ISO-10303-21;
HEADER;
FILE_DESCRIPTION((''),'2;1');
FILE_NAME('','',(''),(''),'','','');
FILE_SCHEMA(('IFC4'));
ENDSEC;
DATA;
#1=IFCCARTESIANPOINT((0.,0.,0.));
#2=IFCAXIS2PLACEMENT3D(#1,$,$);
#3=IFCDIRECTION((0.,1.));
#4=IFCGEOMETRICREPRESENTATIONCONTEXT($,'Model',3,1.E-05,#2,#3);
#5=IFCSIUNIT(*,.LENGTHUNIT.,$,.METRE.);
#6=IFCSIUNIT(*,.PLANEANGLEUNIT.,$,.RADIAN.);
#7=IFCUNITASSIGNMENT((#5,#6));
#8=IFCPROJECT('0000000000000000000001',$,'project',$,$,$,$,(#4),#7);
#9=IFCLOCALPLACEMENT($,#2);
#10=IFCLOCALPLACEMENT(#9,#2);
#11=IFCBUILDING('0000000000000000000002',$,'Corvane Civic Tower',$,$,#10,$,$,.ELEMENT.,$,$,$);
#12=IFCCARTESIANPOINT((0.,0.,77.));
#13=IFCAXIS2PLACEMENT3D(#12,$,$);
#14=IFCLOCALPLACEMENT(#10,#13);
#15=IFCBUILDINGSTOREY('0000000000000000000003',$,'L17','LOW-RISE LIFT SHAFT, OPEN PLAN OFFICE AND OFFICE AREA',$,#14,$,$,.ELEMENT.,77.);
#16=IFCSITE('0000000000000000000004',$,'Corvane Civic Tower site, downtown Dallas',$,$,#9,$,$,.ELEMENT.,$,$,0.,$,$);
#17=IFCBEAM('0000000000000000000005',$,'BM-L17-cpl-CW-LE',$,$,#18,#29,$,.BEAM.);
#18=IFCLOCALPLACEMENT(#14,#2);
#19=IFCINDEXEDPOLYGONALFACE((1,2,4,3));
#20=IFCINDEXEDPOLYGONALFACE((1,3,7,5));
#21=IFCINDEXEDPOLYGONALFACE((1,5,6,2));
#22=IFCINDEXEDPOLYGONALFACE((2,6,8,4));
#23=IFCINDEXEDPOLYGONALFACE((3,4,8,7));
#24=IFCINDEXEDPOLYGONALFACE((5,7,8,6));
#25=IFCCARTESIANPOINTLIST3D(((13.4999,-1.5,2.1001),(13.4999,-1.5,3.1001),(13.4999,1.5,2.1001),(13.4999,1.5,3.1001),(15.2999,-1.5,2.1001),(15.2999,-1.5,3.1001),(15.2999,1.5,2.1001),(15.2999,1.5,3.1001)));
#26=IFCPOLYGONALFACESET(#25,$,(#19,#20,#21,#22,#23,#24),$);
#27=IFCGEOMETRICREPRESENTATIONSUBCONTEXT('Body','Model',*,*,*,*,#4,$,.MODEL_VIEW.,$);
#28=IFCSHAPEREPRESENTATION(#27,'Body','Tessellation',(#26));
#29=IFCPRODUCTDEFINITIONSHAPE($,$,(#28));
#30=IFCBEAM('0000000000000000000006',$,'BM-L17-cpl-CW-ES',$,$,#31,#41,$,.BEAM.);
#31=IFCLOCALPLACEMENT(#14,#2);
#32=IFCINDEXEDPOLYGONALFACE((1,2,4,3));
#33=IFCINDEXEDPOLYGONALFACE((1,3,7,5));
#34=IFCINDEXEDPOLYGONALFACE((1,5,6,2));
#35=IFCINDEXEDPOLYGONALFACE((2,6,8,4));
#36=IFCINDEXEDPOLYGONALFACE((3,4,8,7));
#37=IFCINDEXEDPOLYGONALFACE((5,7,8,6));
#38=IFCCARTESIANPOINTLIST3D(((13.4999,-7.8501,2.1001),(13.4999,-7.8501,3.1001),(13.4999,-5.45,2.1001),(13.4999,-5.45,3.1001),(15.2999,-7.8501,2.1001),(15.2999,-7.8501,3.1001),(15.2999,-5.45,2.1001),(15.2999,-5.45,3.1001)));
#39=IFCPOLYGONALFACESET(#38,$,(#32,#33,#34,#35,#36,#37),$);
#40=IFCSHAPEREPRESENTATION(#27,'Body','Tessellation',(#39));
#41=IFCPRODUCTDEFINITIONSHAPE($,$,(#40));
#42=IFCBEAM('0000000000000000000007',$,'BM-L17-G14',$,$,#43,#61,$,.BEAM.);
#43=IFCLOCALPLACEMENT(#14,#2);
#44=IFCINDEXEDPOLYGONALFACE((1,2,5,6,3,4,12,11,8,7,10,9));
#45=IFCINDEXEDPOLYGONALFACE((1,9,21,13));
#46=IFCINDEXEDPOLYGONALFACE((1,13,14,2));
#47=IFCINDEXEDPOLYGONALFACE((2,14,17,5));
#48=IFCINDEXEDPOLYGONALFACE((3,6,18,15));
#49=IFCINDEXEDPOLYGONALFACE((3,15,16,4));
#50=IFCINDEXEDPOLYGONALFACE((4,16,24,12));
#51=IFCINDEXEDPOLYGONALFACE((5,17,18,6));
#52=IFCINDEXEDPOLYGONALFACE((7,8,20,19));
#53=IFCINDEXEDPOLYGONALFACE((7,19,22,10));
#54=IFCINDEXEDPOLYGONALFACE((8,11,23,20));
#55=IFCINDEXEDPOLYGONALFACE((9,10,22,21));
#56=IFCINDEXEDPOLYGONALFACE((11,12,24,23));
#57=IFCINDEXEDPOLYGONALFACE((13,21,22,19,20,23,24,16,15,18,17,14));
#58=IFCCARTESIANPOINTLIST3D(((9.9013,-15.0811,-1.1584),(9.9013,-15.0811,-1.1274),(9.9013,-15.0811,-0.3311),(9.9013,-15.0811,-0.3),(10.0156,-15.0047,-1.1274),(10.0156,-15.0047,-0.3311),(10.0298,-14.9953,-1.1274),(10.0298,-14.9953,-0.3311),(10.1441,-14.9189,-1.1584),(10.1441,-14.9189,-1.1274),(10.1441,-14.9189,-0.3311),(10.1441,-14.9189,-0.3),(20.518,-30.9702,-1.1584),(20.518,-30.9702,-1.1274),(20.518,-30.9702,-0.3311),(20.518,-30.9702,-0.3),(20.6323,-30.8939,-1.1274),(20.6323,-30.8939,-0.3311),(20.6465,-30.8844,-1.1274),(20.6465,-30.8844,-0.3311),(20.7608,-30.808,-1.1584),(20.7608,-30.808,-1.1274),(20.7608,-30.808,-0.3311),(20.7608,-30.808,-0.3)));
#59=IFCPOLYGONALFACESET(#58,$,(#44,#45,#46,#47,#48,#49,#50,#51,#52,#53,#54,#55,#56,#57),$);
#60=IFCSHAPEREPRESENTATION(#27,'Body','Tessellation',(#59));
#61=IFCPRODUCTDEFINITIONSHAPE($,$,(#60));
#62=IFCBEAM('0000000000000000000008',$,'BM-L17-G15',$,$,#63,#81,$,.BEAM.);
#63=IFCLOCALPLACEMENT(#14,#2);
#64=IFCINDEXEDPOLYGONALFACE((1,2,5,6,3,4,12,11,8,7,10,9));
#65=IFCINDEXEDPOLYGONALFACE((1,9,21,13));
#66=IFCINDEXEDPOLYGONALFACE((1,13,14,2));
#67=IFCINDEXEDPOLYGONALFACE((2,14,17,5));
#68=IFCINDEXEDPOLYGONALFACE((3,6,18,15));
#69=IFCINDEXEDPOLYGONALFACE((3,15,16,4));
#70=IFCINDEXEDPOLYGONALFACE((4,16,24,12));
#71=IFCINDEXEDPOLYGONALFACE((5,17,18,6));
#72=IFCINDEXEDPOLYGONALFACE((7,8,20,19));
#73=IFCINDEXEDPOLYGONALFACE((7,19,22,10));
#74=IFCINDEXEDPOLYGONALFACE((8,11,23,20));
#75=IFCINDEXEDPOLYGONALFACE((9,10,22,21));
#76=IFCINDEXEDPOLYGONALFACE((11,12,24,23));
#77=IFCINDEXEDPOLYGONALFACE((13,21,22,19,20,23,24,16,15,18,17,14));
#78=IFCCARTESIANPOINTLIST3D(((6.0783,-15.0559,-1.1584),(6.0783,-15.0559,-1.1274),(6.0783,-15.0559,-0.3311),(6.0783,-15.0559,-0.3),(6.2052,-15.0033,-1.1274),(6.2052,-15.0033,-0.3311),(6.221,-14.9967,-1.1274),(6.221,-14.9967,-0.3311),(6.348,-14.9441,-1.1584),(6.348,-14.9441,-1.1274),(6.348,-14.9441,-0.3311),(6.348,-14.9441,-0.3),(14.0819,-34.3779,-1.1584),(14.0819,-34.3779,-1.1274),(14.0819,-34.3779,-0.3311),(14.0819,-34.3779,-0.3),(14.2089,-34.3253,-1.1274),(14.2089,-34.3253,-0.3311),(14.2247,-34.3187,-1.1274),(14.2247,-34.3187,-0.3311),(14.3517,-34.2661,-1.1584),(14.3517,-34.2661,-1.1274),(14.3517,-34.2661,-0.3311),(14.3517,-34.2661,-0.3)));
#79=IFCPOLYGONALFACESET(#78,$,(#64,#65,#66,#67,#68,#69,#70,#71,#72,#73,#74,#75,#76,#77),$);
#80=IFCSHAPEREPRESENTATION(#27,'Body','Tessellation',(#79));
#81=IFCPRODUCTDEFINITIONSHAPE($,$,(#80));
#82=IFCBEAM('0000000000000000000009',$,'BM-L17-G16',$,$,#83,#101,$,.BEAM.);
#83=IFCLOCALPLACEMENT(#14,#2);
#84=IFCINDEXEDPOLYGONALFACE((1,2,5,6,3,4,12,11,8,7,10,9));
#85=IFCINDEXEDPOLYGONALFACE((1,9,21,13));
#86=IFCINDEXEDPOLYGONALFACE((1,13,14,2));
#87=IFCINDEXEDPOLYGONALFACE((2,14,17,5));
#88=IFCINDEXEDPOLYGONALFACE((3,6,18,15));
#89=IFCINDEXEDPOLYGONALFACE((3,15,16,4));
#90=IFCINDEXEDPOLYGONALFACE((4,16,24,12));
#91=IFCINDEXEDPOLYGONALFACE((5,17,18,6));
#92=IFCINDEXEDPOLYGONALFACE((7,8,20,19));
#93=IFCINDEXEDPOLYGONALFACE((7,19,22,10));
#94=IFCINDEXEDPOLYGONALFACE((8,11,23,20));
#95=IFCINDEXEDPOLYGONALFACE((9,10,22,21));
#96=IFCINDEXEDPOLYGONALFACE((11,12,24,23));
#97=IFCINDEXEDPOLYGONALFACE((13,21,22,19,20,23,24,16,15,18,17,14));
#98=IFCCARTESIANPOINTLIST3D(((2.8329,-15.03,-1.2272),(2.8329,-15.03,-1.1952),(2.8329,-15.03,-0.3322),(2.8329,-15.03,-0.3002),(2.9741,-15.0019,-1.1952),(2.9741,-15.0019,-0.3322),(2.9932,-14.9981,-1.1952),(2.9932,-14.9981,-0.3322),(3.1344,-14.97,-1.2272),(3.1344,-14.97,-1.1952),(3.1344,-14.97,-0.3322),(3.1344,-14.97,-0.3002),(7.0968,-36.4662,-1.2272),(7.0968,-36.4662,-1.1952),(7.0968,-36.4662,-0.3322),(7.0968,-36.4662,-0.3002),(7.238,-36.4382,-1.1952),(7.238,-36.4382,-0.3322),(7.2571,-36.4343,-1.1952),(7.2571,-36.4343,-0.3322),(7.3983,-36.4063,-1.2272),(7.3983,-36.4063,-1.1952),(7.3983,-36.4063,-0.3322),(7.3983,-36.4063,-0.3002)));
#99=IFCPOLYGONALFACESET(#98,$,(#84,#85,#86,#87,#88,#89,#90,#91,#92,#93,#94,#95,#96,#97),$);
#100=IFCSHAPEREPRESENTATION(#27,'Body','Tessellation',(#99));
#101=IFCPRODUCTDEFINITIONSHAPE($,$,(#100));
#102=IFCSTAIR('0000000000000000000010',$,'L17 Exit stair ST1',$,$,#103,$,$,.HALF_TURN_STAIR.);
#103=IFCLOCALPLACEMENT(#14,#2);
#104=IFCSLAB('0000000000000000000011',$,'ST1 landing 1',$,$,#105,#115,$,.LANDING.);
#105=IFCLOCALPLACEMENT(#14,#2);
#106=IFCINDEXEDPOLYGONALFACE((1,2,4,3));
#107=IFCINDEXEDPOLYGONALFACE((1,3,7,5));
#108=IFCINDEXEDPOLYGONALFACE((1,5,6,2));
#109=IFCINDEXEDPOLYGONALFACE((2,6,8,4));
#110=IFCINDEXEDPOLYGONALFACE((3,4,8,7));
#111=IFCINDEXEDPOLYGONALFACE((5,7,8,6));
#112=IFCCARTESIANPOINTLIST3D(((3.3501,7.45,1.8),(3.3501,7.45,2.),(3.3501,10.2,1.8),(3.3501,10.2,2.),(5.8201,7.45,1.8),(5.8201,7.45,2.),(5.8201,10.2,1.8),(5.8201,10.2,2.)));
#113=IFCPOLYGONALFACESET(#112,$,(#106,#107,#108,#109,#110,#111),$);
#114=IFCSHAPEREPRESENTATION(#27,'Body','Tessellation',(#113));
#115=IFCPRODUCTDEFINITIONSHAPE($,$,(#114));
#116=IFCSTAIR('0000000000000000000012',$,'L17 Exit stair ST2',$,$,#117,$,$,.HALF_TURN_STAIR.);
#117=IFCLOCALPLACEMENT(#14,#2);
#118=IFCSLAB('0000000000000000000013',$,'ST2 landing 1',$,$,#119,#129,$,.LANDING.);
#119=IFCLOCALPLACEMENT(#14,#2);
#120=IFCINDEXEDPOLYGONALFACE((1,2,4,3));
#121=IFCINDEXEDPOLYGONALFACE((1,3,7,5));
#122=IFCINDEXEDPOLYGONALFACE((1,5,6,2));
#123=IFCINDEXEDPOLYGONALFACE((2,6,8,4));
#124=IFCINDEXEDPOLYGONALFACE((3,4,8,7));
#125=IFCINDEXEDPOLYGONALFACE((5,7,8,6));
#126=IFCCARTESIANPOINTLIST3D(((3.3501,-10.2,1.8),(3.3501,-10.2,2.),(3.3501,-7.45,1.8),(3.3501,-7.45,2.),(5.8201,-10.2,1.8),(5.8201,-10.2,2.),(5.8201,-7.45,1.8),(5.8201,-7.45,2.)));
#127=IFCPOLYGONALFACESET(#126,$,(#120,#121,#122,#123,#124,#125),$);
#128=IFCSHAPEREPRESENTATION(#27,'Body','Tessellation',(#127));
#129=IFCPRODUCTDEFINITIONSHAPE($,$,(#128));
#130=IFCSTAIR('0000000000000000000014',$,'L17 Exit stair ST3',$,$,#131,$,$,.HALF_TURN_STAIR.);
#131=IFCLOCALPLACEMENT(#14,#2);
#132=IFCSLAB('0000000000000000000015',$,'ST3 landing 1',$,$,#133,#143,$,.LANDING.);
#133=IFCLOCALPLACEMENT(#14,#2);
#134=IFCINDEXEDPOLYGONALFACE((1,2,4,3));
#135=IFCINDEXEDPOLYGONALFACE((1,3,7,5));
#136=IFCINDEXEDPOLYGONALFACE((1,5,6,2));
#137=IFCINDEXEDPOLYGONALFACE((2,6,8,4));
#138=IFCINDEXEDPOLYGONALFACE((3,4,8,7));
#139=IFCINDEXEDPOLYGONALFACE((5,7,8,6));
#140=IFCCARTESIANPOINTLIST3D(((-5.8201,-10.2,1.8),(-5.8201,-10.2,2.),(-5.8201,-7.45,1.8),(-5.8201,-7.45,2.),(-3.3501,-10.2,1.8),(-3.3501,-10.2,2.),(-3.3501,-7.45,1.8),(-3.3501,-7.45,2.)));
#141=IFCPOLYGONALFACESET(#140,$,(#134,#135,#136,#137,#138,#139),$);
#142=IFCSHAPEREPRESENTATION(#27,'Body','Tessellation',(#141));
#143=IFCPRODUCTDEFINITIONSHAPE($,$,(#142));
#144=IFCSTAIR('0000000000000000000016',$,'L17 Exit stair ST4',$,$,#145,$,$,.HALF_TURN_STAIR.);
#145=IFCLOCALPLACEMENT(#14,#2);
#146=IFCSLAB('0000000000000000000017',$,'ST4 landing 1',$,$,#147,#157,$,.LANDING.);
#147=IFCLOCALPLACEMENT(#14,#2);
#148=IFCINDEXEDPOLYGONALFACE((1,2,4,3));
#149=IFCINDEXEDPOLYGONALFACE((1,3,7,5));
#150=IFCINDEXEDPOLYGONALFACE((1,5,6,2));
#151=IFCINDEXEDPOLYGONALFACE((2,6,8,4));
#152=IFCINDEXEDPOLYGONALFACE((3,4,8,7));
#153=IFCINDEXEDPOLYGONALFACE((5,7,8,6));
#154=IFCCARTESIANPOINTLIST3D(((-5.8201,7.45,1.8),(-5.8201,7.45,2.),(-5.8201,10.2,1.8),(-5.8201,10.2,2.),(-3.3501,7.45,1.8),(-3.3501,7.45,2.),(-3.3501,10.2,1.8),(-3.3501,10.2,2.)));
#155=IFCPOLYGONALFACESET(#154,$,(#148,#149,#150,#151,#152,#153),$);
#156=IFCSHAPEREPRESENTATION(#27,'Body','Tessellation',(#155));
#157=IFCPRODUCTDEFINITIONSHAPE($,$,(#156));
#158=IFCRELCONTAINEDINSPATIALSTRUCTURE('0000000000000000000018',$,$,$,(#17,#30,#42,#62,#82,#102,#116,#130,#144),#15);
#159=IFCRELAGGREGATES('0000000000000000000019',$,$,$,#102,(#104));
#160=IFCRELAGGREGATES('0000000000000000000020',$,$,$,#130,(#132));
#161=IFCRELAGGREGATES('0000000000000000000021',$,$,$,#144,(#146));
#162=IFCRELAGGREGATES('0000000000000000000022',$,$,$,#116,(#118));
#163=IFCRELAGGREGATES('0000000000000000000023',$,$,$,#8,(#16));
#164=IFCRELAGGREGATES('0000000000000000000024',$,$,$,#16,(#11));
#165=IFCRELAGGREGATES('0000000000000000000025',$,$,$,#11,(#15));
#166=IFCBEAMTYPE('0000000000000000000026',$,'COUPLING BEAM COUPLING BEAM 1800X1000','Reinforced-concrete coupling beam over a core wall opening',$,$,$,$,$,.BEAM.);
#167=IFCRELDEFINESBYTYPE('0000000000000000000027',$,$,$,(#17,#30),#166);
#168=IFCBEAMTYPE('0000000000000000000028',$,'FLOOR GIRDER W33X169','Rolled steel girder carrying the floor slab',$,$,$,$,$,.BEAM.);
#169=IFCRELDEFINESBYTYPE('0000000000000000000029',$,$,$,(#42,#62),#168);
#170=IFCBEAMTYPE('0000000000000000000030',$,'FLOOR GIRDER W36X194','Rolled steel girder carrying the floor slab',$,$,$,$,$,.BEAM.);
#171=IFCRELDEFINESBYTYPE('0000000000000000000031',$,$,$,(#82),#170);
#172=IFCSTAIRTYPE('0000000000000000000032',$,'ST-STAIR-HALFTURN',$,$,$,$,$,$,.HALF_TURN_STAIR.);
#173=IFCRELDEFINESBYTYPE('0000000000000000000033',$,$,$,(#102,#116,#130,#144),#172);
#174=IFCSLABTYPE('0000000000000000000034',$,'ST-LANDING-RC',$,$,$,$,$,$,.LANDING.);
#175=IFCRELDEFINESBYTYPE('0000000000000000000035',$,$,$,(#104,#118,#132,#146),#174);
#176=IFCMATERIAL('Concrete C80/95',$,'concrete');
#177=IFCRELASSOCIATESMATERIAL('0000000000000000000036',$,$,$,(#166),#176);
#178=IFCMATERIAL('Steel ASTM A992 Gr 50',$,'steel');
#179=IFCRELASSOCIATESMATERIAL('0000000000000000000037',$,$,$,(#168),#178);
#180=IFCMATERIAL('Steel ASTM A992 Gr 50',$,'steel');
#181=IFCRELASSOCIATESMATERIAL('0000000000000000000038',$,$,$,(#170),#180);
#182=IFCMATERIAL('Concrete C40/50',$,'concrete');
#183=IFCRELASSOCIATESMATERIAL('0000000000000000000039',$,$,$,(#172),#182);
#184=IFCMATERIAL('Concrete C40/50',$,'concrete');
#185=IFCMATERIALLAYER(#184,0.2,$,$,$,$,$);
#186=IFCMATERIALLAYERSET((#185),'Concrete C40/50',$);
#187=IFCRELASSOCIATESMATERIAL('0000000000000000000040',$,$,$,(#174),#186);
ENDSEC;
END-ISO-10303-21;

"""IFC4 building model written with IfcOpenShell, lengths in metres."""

from ifc_helpers import new_model, si_unit, direction, frame, origin, origin_2d, place, context, subcontext, project, spatial, polyline, rectangle, i_section, outline, extrude, material, layer, layer_set, material_profile, profile_set, type_object, element, aggregate, save


model = new_model("IFC4")

# Units and contexts
model_context = context("Model", 3, precision=1e-05, world=origin(), true_north=direction((0.0, 1.0)))
body_context = subcontext(model_context, "Body", "Model", "MODEL_VIEW")
ifc_project = project(units=[si_unit("LENGTHUNIT", "METRE"), si_unit("PLANEANGLEUNIT", "RADIAN")], contexts=[model_context])

# Site, building, storey
site_placement = place(None, origin())
site = spatial("IfcSite", under=ifc_project, at=site_placement, Name="Corvane Civic Tower site, downtown Dallas", CompositionType="ELEMENT", RefElevation=0.0)
building_placement = place(site_placement, origin())
building = spatial("IfcBuilding", under=site, at=building_placement, Name="Corvane Civic Tower", CompositionType="ELEMENT")
storey_placement = place(building_placement, frame((0.0, 0.0, 77.0)))
storey = spatial("IfcBuildingStorey", under=building, at=storey_placement, Name="L17", Description="LOW-RISE LIFT SHAFT, OPEN PLAN OFFICE AND OFFICE AREA", CompositionType="ELEMENT", Elevation=77.0)

# Beams
ifc_material_1 = material(Name="Concrete C80/95", Category="concrete")
ifc_material_profile_1 = material_profile(ifc_material_1, rectangle(XDim=1.8, YDim=1.0, at=origin_2d()), Name="COUPLING BEAM 1800X1000")
ifc_profile_set_1 = profile_set([ifc_material_profile_1], Name="Concrete C80/95")
beam_type_1 = type_object("IfcBeamType", Name="COUPLING BEAM COUPLING BEAM 1800X1000", Description="Reinforced-concrete coupling beam over a core wall opening", PredefinedType="BEAM", material=ifc_profile_set_1)
beam_1_placement = place(storey_placement, frame((14.3999, -1.5, 2.6001), z_axis=(0.0, 1.0, 0.0), x_axis=(-1.0, 0.0, 0.0)))
element("IfcBeam", 1, at=beam_1_placement, inside=storey, type_object=beam_type_1, Name="BM-L17-cpl-CW-LE", PredefinedType="BEAM", context=body_context, shape_type="SweptSolid", body=[
    extrude(rectangle(XDim=1.8, YDim=1.0, at=origin_2d()), origin(), (0.0, 0.0, 1.0), 3.0),
])
beam_2_placement = place(storey_placement, frame((14.3999, -7.8501, 2.6001), z_axis=(0.0, 1.0, 0.0), x_axis=(-1.0, 0.0, 0.0)))
element("IfcBeam", 2, at=beam_2_placement, inside=storey, type_object=beam_type_1, Name="BM-L17-cpl-CW-ES", PredefinedType="BEAM", context=body_context, shape_type="SweptSolid", body=[
    extrude(rectangle(XDim=1.8, YDim=1.0, at=origin_2d()), origin(), (0.0, 0.0, 1.0), 2.4001),
])
ifc_material_2 = material(Name="Steel ASTM A992 Gr 50", Category="steel")
ifc_material_profile_2 = material_profile(ifc_material_2, i_section(OverallWidth=0.292, OverallDepth=0.8584, WebThickness=0.0171, FlangeThickness=0.031, at=origin_2d()), Name="W33X169")
ifc_profile_set_2 = profile_set([ifc_material_profile_2], Name="Steel ASTM A992 Gr 50")
beam_type_2 = type_object("IfcBeamType", Name="FLOOR GIRDER W33X169", Description="Rolled steel girder carrying the floor slab", PredefinedType="BEAM", material=ifc_profile_set_2)
beam_3_placement = place(storey_placement, frame((10.0227, -15.0, -0.7292), z_axis=(0.555567, -0.831472, 0.0), x_axis=(0.831472, 0.555567, 0.0)))
element("IfcBeam", 3, at=beam_3_placement, inside=storey, type_object=beam_type_2, Name="BM-L17-G14", PredefinedType="BEAM", context=body_context, shape_type="SweptSolid", body=[
    extrude(i_section(OverallWidth=0.292, OverallDepth=0.8584, WebThickness=0.0171, FlangeThickness=0.031, at=origin_2d()), origin(), (0.0, 0.0, 1.0), 19.1096),
])
beam_4_placement = place(storey_placement, frame((6.2131, -15.0, -0.7292), z_axis=(0.382692, -0.923876, 0.0), x_axis=(0.923876, 0.382692, 0.0)))
element("IfcBeam", 4, at=beam_4_placement, inside=storey, type_object=beam_type_2, Name="BM-L17-G15", PredefinedType="BEAM", context=body_context, shape_type="SweptSolid", body=[
    extrude(i_section(OverallWidth=0.292, OverallDepth=0.8584, WebThickness=0.0171, FlangeThickness=0.031, at=origin_2d()), origin(), (0.0, 0.0, 1.0), 20.9141),
])
ifc_material_3 = material(Name="Steel ASTM A992 Gr 50", Category="steel")
ifc_material_profile_3 = material_profile(ifc_material_3, i_section(OverallWidth=0.3074, OverallDepth=0.927, WebThickness=0.0195, FlangeThickness=0.032, at=origin_2d()), Name="W36X194")
ifc_profile_set_3 = profile_set([ifc_material_profile_3], Name="Steel ASTM A992 Gr 50")
beam_type_3 = type_object("IfcBeamType", Name="FLOOR GIRDER W36X194", Description="Rolled steel girder carrying the floor slab", PredefinedType="BEAM", material=ifc_profile_set_3)
beam_5_placement = place(storey_placement, frame((2.9836, -15.0, -0.7637), z_axis=(0.195089, -0.980785, 0.0), x_axis=(0.980785, 0.195089, 0.0)))
element("IfcBeam", 5, at=beam_5_placement, inside=storey, type_object=beam_type_3, Name="BM-L17-G16", PredefinedType="BEAM", context=body_context, shape_type="SweptSolid", body=[
    extrude(i_section(OverallWidth=0.3074, OverallDepth=0.927, WebThickness=0.0195, FlangeThickness=0.032, at=origin_2d()), origin(), (0.0, 0.0, 1.0), 21.8562),
])

# Stairs, slabs
ifc_material_4 = material(Name="Concrete C40/50", Category="concrete")
stair_type = type_object("IfcStairType", Name="ST-STAIR-HALFTURN", PredefinedType="HALF_TURN_STAIR", material=ifc_material_4)
stair_1_placement = place(storey_placement, origin())
stair_1 = element("IfcStair", 6, at=stair_1_placement, inside=storey, type_object=stair_type, Name="L17 Exit stair ST1", PredefinedType="HALF_TURN_STAIR")
ifc_material_5 = material(Name="Concrete C40/50", Category="concrete")
ifc_layer_1 = layer(ifc_material_5, 0.2)
ifc_layer_set_1 = layer_set([ifc_layer_1], Name="Concrete C40/50")
slab_type = type_object("IfcSlabType", Name="ST-LANDING-RC", PredefinedType="LANDING", material=ifc_layer_set_1)
slab_1_placement = place(storey_placement, frame((0.0, 0.0, 1.8)))
slab_1 = element("IfcSlab", 7, at=slab_1_placement, type_object=slab_type, Name="ST1 landing 1", PredefinedType="LANDING", context=body_context, shape_type="SweptSolid", body=[
    extrude(outline(polyline([(5.8201, 10.2), (3.3501, 10.2), (3.3501, 7.45), (5.8201, 7.45), (5.8201, 10.2)])), origin(), (0.0, 0.0, 1.0), 0.2),
])
aggregate(stair_1, [slab_1])
stair_2_placement = place(storey_placement, origin())
stair_2 = element("IfcStair", 8, at=stair_2_placement, inside=storey, type_object=stair_type, Name="L17 Exit stair ST2", PredefinedType="HALF_TURN_STAIR")
slab_2_placement = place(storey_placement, frame((0.0, 0.0, 1.8)))
slab_2 = element("IfcSlab", 9, at=slab_2_placement, type_object=slab_type, Name="ST2 landing 1", PredefinedType="LANDING", context=body_context, shape_type="SweptSolid", body=[
    extrude(outline(polyline([(5.8201, -7.45), (3.3501, -7.45), (3.3501, -10.2), (5.8201, -10.2), (5.8201, -7.45)])), origin(), (0.0, 0.0, 1.0), 0.2),
])
stair_3_placement = place(storey_placement, origin())
stair_3 = element("IfcStair", 10, at=stair_3_placement, inside=storey, type_object=stair_type, Name="L17 Exit stair ST3", PredefinedType="HALF_TURN_STAIR")
slab_3_placement = place(storey_placement, frame((0.0, 0.0, 1.8)))
slab_3 = element("IfcSlab", 11, at=slab_3_placement, type_object=slab_type, Name="ST3 landing 1", PredefinedType="LANDING", context=body_context, shape_type="SweptSolid", body=[
    extrude(outline(polyline([(-5.8201, -10.2), (-3.3501, -10.2), (-3.3501, -7.45), (-5.8201, -7.45), (-5.8201, -10.2)])), origin(), (0.0, 0.0, 1.0), 0.2),
])
aggregate(stair_3, [slab_3])
stair_4_placement = place(storey_placement, origin())
stair_4 = element("IfcStair", 12, at=stair_4_placement, inside=storey, type_object=stair_type, Name="L17 Exit stair ST4", PredefinedType="HALF_TURN_STAIR")
slab_4_placement = place(storey_placement, frame((0.0, 0.0, 1.8)))
slab_4 = element("IfcSlab", 13, at=slab_4_placement, type_object=slab_type, Name="ST4 landing 1", PredefinedType="LANDING", context=body_context, shape_type="SweptSolid", body=[
    extrude(outline(polyline([(-5.8201, 7.45), (-3.3501, 7.45), (-3.3501, 10.2), (-5.8201, 10.2), (-5.8201, 7.45)])), origin(), (0.0, 0.0, 1.0), 0.2),
])
aggregate(stair_4, [slab_4])

aggregate(stair_2, [slab_2])

save(model, "model.ifc")
